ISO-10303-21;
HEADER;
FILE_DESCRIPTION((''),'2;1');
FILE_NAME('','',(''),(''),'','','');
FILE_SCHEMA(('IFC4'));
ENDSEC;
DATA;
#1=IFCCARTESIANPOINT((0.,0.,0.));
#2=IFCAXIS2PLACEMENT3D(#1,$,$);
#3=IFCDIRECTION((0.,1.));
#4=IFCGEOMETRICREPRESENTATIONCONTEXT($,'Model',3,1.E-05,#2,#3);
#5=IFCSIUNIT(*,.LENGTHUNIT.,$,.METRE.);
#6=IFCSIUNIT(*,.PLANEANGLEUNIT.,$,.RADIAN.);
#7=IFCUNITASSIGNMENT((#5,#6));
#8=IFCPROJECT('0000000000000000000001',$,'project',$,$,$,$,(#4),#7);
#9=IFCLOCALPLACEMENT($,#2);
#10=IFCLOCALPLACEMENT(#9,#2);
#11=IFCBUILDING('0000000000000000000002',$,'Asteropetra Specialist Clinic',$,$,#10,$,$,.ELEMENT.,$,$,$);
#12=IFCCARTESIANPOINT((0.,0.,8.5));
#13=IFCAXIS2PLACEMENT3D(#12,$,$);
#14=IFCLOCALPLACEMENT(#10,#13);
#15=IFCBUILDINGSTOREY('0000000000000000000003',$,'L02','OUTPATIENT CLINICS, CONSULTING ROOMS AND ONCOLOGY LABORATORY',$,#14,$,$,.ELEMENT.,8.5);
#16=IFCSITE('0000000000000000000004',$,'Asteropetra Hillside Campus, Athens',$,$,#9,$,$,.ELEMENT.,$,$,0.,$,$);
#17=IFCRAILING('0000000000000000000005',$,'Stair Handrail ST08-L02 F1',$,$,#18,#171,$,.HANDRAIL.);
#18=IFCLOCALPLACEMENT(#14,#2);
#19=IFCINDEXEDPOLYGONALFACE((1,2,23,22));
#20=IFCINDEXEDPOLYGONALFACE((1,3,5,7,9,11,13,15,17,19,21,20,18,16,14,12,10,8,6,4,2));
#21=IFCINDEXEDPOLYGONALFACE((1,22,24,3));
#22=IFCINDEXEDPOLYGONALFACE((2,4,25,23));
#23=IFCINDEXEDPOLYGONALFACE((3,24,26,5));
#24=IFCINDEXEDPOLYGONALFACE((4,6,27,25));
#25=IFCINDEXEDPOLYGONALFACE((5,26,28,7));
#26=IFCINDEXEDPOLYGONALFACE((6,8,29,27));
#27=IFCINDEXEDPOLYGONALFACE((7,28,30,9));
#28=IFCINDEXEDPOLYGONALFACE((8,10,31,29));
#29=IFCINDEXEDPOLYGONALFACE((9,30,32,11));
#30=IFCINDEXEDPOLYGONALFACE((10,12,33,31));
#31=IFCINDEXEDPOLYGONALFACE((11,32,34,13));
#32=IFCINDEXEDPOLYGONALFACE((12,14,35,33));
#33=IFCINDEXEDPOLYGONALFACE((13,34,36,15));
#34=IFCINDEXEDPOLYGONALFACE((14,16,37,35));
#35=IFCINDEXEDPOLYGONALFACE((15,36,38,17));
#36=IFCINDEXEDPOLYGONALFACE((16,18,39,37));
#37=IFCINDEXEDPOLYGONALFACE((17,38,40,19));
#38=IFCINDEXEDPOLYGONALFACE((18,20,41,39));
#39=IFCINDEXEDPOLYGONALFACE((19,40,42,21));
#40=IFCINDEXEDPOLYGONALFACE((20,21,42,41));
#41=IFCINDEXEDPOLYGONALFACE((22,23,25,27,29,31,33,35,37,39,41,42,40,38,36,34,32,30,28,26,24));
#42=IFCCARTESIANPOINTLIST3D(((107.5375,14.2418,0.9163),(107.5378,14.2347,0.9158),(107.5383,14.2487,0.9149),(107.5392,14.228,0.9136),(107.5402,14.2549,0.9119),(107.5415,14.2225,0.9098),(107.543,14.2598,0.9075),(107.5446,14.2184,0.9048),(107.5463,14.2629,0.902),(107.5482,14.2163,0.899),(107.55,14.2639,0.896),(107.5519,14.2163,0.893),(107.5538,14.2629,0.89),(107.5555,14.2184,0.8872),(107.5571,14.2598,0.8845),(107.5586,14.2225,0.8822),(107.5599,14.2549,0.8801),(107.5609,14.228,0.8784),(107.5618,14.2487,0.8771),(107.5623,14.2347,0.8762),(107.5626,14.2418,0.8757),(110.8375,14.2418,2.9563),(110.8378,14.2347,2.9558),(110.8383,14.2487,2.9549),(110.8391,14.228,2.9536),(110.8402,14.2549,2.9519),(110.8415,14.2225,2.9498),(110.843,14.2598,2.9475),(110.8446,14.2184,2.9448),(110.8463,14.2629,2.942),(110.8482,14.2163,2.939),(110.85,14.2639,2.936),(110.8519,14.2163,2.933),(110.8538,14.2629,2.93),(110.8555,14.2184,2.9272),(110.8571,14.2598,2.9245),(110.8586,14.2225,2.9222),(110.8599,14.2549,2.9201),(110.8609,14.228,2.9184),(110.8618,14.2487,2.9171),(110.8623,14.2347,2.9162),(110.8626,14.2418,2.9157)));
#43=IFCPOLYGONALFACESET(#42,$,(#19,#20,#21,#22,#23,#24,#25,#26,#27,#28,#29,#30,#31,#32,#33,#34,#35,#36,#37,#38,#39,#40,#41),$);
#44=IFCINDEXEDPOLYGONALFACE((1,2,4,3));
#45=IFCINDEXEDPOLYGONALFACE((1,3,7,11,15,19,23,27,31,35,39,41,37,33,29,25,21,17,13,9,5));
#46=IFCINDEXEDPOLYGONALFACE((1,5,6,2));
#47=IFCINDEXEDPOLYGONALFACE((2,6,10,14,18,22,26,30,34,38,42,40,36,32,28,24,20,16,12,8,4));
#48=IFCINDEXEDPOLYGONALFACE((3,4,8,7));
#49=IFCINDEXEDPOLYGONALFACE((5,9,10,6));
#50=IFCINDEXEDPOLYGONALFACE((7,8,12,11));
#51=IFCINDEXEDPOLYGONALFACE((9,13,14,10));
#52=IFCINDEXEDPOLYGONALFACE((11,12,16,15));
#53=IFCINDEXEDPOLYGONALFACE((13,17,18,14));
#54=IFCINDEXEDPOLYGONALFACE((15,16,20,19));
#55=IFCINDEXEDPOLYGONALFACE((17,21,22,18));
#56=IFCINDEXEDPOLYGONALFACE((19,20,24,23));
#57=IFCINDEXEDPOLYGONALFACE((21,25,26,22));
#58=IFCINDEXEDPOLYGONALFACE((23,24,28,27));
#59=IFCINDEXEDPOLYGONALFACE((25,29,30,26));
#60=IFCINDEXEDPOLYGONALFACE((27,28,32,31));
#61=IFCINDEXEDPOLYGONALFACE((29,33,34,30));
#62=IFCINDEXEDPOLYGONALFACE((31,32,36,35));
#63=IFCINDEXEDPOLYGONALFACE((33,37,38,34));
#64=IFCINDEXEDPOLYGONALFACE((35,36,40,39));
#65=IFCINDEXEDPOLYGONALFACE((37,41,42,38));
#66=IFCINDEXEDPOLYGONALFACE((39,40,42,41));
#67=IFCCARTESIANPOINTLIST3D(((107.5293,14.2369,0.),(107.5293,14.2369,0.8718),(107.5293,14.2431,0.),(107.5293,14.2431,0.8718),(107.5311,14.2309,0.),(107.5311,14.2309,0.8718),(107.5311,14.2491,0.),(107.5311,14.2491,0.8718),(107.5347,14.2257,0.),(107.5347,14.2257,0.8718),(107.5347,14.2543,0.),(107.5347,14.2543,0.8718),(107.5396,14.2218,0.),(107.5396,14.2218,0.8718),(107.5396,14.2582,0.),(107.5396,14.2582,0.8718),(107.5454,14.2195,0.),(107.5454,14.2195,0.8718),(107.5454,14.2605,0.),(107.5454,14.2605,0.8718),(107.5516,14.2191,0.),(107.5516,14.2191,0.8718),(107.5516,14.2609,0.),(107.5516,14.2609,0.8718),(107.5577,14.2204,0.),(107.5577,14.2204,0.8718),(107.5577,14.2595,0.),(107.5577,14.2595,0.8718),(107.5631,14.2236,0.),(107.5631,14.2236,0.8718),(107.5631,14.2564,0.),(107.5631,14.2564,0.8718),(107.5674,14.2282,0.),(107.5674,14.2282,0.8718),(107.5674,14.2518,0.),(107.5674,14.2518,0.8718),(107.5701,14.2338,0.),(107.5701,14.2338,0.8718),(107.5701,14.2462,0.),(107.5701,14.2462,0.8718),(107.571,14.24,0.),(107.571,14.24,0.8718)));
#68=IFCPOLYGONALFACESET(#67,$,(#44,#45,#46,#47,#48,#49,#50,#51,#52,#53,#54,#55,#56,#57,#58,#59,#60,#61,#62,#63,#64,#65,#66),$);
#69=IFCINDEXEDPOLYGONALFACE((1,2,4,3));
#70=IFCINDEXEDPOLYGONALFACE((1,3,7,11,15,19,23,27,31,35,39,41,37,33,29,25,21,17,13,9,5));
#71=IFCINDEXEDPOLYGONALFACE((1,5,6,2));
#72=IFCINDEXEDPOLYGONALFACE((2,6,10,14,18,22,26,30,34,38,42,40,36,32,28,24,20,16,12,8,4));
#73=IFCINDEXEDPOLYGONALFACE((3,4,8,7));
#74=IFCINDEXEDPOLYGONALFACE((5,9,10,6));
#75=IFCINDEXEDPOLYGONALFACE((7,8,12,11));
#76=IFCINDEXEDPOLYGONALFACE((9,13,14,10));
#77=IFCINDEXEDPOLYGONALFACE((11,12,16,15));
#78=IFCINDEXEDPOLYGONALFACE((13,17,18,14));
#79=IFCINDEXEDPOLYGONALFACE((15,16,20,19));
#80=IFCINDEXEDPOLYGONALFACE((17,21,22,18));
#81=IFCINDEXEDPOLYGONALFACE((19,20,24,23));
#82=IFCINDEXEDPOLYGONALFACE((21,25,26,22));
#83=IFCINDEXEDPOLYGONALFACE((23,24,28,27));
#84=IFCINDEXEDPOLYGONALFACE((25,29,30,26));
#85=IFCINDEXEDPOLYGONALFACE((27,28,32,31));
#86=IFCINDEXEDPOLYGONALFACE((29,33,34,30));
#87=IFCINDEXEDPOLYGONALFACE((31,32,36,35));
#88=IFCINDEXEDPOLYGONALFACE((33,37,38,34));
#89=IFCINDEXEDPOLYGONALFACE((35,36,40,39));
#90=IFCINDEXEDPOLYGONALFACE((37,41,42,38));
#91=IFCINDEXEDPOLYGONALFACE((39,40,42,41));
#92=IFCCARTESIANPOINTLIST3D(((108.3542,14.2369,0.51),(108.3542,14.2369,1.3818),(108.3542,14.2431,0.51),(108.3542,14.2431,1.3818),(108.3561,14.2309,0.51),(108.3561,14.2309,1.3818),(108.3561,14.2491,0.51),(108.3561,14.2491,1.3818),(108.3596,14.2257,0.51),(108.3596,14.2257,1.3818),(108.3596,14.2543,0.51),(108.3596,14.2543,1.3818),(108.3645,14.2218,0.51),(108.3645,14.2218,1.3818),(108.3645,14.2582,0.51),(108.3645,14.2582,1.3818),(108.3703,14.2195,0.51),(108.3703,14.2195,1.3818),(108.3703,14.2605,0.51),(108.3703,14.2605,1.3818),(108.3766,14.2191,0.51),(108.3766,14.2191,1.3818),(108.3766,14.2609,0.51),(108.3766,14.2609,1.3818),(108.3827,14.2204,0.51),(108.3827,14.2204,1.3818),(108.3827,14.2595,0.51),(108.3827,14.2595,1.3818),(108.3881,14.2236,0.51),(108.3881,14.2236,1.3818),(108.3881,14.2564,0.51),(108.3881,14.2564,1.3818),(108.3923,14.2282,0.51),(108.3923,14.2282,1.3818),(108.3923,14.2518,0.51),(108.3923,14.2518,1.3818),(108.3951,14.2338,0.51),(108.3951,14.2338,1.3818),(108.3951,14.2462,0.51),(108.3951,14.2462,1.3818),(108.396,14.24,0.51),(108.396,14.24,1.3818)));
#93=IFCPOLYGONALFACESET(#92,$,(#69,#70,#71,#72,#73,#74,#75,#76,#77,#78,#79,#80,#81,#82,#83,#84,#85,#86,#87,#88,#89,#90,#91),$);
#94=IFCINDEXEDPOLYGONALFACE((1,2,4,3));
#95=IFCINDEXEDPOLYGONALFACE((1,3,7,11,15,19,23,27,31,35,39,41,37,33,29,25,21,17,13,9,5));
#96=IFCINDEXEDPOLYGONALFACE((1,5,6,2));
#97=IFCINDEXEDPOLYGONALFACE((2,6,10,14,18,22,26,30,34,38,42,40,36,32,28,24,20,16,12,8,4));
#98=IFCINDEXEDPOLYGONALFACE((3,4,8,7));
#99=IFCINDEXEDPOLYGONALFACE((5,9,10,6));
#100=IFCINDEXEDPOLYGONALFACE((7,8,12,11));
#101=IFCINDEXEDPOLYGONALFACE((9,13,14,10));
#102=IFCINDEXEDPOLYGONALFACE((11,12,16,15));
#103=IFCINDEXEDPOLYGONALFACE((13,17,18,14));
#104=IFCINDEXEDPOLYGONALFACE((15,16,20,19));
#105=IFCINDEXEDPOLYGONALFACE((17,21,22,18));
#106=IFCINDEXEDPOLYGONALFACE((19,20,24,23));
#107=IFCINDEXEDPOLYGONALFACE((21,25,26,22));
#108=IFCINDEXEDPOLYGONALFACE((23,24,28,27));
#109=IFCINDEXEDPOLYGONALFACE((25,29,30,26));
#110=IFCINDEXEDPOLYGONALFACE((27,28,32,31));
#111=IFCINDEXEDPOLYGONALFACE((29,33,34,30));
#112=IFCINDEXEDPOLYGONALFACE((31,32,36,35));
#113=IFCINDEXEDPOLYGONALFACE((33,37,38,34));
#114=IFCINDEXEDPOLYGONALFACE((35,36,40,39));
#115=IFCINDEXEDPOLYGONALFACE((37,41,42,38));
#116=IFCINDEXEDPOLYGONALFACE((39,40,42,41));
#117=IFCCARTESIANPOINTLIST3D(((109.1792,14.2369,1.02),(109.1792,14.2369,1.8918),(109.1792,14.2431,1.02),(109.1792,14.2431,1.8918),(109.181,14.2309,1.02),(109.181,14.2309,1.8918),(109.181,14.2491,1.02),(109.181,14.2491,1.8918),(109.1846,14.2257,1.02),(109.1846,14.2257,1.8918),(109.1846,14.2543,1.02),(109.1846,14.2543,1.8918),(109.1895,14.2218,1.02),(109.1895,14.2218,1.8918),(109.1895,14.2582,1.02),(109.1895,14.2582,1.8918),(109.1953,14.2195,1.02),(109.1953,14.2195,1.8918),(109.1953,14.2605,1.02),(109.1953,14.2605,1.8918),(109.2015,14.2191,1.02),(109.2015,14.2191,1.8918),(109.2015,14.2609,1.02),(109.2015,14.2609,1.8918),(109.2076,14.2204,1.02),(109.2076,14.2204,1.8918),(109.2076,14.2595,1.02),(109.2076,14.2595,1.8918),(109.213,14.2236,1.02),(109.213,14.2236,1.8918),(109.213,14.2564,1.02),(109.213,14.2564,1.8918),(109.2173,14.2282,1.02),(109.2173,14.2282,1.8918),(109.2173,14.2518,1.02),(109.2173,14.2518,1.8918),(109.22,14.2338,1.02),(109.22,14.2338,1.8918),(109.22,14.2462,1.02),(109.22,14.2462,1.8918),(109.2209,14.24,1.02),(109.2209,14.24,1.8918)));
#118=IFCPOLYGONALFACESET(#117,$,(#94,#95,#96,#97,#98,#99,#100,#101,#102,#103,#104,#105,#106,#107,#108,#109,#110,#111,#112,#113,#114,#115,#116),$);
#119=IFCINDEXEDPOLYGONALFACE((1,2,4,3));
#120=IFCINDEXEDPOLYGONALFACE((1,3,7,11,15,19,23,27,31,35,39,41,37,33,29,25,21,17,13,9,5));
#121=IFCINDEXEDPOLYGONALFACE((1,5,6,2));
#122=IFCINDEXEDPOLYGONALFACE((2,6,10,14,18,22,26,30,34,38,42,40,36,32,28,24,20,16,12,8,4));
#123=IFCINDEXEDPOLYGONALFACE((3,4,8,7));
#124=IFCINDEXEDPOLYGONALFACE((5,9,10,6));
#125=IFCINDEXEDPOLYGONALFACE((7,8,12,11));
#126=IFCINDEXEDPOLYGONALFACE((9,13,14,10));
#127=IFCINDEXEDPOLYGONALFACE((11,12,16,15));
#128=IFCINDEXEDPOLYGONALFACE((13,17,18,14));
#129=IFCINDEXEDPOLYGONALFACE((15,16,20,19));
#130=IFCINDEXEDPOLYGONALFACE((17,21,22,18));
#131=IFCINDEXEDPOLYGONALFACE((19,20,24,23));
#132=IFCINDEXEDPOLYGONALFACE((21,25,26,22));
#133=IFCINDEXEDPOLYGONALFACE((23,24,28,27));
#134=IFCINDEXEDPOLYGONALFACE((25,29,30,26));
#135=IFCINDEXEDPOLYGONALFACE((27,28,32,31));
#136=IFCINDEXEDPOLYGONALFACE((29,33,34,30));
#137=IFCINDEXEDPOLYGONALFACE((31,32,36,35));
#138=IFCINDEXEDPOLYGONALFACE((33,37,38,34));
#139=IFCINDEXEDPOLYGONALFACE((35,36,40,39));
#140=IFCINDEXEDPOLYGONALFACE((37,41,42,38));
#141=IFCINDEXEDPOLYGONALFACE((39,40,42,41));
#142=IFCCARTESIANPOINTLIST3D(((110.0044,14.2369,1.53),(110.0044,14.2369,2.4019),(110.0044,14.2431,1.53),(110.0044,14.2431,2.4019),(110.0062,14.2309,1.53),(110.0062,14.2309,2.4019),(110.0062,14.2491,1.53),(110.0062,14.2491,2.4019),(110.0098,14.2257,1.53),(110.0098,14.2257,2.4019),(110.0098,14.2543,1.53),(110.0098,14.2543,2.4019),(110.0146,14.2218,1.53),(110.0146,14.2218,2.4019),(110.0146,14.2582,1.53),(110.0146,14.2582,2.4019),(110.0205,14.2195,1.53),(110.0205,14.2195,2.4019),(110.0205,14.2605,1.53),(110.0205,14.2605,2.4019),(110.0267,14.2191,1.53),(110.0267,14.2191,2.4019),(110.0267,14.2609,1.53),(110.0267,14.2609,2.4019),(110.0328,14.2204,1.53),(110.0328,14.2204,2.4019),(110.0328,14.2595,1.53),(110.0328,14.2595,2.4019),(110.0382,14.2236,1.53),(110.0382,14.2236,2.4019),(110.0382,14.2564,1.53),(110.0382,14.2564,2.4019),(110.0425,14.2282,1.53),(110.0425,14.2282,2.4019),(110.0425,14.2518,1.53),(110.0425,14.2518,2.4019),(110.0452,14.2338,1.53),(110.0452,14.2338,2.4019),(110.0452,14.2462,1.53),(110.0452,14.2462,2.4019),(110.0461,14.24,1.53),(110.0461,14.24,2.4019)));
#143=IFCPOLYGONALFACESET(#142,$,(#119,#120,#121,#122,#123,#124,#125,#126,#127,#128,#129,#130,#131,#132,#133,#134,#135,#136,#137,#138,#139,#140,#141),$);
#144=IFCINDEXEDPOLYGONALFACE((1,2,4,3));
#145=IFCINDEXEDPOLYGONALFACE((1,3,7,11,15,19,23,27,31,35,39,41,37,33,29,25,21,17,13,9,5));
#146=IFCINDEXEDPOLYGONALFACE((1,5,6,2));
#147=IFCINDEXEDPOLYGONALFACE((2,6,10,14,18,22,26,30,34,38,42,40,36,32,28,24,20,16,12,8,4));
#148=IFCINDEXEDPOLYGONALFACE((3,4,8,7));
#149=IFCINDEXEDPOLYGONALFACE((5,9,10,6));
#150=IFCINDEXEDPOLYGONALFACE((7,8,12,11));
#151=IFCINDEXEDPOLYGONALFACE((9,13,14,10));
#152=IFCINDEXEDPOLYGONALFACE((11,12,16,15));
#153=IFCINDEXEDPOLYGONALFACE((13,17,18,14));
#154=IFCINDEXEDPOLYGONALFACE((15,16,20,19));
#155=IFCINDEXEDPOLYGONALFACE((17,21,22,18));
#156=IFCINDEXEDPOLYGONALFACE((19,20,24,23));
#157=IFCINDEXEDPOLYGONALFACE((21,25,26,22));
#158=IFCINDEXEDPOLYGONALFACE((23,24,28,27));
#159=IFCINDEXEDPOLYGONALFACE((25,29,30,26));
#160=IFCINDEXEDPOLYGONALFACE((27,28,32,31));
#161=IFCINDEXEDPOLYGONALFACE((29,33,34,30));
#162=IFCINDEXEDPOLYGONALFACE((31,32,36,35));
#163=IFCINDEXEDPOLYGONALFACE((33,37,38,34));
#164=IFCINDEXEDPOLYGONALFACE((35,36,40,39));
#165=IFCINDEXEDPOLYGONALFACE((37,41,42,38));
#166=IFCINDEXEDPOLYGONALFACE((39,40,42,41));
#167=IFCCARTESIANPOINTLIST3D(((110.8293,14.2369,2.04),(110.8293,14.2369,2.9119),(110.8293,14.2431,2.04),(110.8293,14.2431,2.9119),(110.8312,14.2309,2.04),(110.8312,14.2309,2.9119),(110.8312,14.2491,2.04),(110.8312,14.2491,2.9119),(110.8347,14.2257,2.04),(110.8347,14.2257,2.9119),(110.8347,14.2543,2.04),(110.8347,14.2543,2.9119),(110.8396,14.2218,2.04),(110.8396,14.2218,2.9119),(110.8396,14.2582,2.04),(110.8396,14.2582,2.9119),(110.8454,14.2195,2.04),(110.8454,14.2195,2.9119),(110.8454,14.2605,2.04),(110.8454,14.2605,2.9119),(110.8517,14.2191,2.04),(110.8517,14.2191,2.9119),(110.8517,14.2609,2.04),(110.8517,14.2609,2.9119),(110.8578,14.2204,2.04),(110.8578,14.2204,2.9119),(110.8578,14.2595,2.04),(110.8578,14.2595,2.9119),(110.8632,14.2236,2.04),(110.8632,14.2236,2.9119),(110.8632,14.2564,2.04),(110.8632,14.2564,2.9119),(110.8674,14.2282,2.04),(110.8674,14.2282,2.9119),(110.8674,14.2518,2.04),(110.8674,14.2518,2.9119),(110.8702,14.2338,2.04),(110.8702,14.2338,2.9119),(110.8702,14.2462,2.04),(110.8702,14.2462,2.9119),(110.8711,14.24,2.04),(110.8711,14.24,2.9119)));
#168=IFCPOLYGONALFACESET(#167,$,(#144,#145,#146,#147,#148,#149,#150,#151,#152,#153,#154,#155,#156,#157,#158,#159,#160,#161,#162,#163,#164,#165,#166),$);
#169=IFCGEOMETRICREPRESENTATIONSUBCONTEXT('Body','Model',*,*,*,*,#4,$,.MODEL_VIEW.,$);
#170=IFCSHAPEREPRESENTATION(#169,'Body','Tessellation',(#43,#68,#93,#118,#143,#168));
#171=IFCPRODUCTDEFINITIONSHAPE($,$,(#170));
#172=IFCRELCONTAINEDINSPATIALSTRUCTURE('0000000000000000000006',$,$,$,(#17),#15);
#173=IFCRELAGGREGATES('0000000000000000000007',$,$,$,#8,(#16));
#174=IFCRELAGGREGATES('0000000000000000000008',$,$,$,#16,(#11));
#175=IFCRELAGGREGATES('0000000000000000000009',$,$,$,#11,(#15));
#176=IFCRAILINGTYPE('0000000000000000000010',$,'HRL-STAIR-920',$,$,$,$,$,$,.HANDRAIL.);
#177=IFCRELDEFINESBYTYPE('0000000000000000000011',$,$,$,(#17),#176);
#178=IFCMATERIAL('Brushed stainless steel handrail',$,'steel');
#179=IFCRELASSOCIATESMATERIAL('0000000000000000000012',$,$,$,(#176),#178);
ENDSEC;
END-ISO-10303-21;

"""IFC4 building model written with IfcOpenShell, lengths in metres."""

from ifc_helpers import new_model, si_unit, direction, frame, origin, origin_2d, place, context, subcontext, project, spatial, circle, extrude, material, type_object, element, save


model = new_model("IFC4")

# Units and contexts
model_context = context("Model", 3, precision=1e-05, world=origin(), true_north=direction((0.0, 1.0)))
body_context = subcontext(model_context, "Body", "Model", "MODEL_VIEW")
ifc_project = project(units=[si_unit("LENGTHUNIT", "METRE"), si_unit("PLANEANGLEUNIT", "RADIAN")], contexts=[model_context])

# Site, building, storey
site_placement = place(None, origin())
site = spatial("IfcSite", under=ifc_project, at=site_placement, Name="Asteropetra Hillside Campus, Athens", CompositionType="ELEMENT", RefElevation=0.0)
building_placement = place(site_placement, origin())
building = spatial("IfcBuilding", under=site, at=building_placement, Name="Asteropetra Specialist Clinic", CompositionType="ELEMENT")
storey_placement = place(building_placement, frame((0.0, 0.0, 8.5)))
storey = spatial("IfcBuildingStorey", under=building, at=storey_placement, Name="L02", Description="OUTPATIENT CLINICS, CONSULTING ROOMS AND ONCOLOGY LABORATORY", CompositionType="ELEMENT", Elevation=8.5)

# Railing
ifc_material_1 = material(Name="Brushed stainless steel handrail", Category="steel")
railing_type_1 = type_object("IfcRailingType", Name="HRL-STAIR-920", PredefinedType="HANDRAIL", material=ifc_material_1)
railing_1_placement = place(storey_placement, frame((107.55, 14.24, 0.0)))
element("IfcRailing", 1, at=railing_1_placement, inside=storey, type_object=railing_type_1, Name="Stair Handrail ST08-L02 F1", PredefinedType="HANDRAIL", context=body_context, shape_type="SweptSolid", body=[
    extrude(circle(Radius=0.0239, at=origin_2d()), frame((0.0, 0.0, 0.896), z_axis=(0.850594, 0.0, 0.525824), x_axis=(0.0, 1.0, 0.0)), (0.0, 0.0, 1.0), 3.8796),
    extrude(circle(Radius=0.021, at=origin_2d()), origin(), (0.0, 0.0, 1.0), 0.8718),
    extrude(circle(Radius=0.021, at=origin_2d()), frame((0.825, 0.0, 0.51)), (0.0, 0.0, 1.0), 0.8718),
    extrude(circle(Radius=0.021, at=origin_2d()), frame((1.6499, 0.0, 1.02)), (0.0, 0.0, 1.0), 0.8718),
    extrude(circle(Radius=0.021, at=origin_2d()), frame((2.4751, 0.0, 1.53)), (0.0, 0.0, 1.0), 0.8718),
    extrude(circle(Radius=0.021, at=origin_2d()), frame((3.3, 0.0, 2.04)), (0.0, 0.0, 1.0), 0.8718),
])

save(model, "model.ifc")
